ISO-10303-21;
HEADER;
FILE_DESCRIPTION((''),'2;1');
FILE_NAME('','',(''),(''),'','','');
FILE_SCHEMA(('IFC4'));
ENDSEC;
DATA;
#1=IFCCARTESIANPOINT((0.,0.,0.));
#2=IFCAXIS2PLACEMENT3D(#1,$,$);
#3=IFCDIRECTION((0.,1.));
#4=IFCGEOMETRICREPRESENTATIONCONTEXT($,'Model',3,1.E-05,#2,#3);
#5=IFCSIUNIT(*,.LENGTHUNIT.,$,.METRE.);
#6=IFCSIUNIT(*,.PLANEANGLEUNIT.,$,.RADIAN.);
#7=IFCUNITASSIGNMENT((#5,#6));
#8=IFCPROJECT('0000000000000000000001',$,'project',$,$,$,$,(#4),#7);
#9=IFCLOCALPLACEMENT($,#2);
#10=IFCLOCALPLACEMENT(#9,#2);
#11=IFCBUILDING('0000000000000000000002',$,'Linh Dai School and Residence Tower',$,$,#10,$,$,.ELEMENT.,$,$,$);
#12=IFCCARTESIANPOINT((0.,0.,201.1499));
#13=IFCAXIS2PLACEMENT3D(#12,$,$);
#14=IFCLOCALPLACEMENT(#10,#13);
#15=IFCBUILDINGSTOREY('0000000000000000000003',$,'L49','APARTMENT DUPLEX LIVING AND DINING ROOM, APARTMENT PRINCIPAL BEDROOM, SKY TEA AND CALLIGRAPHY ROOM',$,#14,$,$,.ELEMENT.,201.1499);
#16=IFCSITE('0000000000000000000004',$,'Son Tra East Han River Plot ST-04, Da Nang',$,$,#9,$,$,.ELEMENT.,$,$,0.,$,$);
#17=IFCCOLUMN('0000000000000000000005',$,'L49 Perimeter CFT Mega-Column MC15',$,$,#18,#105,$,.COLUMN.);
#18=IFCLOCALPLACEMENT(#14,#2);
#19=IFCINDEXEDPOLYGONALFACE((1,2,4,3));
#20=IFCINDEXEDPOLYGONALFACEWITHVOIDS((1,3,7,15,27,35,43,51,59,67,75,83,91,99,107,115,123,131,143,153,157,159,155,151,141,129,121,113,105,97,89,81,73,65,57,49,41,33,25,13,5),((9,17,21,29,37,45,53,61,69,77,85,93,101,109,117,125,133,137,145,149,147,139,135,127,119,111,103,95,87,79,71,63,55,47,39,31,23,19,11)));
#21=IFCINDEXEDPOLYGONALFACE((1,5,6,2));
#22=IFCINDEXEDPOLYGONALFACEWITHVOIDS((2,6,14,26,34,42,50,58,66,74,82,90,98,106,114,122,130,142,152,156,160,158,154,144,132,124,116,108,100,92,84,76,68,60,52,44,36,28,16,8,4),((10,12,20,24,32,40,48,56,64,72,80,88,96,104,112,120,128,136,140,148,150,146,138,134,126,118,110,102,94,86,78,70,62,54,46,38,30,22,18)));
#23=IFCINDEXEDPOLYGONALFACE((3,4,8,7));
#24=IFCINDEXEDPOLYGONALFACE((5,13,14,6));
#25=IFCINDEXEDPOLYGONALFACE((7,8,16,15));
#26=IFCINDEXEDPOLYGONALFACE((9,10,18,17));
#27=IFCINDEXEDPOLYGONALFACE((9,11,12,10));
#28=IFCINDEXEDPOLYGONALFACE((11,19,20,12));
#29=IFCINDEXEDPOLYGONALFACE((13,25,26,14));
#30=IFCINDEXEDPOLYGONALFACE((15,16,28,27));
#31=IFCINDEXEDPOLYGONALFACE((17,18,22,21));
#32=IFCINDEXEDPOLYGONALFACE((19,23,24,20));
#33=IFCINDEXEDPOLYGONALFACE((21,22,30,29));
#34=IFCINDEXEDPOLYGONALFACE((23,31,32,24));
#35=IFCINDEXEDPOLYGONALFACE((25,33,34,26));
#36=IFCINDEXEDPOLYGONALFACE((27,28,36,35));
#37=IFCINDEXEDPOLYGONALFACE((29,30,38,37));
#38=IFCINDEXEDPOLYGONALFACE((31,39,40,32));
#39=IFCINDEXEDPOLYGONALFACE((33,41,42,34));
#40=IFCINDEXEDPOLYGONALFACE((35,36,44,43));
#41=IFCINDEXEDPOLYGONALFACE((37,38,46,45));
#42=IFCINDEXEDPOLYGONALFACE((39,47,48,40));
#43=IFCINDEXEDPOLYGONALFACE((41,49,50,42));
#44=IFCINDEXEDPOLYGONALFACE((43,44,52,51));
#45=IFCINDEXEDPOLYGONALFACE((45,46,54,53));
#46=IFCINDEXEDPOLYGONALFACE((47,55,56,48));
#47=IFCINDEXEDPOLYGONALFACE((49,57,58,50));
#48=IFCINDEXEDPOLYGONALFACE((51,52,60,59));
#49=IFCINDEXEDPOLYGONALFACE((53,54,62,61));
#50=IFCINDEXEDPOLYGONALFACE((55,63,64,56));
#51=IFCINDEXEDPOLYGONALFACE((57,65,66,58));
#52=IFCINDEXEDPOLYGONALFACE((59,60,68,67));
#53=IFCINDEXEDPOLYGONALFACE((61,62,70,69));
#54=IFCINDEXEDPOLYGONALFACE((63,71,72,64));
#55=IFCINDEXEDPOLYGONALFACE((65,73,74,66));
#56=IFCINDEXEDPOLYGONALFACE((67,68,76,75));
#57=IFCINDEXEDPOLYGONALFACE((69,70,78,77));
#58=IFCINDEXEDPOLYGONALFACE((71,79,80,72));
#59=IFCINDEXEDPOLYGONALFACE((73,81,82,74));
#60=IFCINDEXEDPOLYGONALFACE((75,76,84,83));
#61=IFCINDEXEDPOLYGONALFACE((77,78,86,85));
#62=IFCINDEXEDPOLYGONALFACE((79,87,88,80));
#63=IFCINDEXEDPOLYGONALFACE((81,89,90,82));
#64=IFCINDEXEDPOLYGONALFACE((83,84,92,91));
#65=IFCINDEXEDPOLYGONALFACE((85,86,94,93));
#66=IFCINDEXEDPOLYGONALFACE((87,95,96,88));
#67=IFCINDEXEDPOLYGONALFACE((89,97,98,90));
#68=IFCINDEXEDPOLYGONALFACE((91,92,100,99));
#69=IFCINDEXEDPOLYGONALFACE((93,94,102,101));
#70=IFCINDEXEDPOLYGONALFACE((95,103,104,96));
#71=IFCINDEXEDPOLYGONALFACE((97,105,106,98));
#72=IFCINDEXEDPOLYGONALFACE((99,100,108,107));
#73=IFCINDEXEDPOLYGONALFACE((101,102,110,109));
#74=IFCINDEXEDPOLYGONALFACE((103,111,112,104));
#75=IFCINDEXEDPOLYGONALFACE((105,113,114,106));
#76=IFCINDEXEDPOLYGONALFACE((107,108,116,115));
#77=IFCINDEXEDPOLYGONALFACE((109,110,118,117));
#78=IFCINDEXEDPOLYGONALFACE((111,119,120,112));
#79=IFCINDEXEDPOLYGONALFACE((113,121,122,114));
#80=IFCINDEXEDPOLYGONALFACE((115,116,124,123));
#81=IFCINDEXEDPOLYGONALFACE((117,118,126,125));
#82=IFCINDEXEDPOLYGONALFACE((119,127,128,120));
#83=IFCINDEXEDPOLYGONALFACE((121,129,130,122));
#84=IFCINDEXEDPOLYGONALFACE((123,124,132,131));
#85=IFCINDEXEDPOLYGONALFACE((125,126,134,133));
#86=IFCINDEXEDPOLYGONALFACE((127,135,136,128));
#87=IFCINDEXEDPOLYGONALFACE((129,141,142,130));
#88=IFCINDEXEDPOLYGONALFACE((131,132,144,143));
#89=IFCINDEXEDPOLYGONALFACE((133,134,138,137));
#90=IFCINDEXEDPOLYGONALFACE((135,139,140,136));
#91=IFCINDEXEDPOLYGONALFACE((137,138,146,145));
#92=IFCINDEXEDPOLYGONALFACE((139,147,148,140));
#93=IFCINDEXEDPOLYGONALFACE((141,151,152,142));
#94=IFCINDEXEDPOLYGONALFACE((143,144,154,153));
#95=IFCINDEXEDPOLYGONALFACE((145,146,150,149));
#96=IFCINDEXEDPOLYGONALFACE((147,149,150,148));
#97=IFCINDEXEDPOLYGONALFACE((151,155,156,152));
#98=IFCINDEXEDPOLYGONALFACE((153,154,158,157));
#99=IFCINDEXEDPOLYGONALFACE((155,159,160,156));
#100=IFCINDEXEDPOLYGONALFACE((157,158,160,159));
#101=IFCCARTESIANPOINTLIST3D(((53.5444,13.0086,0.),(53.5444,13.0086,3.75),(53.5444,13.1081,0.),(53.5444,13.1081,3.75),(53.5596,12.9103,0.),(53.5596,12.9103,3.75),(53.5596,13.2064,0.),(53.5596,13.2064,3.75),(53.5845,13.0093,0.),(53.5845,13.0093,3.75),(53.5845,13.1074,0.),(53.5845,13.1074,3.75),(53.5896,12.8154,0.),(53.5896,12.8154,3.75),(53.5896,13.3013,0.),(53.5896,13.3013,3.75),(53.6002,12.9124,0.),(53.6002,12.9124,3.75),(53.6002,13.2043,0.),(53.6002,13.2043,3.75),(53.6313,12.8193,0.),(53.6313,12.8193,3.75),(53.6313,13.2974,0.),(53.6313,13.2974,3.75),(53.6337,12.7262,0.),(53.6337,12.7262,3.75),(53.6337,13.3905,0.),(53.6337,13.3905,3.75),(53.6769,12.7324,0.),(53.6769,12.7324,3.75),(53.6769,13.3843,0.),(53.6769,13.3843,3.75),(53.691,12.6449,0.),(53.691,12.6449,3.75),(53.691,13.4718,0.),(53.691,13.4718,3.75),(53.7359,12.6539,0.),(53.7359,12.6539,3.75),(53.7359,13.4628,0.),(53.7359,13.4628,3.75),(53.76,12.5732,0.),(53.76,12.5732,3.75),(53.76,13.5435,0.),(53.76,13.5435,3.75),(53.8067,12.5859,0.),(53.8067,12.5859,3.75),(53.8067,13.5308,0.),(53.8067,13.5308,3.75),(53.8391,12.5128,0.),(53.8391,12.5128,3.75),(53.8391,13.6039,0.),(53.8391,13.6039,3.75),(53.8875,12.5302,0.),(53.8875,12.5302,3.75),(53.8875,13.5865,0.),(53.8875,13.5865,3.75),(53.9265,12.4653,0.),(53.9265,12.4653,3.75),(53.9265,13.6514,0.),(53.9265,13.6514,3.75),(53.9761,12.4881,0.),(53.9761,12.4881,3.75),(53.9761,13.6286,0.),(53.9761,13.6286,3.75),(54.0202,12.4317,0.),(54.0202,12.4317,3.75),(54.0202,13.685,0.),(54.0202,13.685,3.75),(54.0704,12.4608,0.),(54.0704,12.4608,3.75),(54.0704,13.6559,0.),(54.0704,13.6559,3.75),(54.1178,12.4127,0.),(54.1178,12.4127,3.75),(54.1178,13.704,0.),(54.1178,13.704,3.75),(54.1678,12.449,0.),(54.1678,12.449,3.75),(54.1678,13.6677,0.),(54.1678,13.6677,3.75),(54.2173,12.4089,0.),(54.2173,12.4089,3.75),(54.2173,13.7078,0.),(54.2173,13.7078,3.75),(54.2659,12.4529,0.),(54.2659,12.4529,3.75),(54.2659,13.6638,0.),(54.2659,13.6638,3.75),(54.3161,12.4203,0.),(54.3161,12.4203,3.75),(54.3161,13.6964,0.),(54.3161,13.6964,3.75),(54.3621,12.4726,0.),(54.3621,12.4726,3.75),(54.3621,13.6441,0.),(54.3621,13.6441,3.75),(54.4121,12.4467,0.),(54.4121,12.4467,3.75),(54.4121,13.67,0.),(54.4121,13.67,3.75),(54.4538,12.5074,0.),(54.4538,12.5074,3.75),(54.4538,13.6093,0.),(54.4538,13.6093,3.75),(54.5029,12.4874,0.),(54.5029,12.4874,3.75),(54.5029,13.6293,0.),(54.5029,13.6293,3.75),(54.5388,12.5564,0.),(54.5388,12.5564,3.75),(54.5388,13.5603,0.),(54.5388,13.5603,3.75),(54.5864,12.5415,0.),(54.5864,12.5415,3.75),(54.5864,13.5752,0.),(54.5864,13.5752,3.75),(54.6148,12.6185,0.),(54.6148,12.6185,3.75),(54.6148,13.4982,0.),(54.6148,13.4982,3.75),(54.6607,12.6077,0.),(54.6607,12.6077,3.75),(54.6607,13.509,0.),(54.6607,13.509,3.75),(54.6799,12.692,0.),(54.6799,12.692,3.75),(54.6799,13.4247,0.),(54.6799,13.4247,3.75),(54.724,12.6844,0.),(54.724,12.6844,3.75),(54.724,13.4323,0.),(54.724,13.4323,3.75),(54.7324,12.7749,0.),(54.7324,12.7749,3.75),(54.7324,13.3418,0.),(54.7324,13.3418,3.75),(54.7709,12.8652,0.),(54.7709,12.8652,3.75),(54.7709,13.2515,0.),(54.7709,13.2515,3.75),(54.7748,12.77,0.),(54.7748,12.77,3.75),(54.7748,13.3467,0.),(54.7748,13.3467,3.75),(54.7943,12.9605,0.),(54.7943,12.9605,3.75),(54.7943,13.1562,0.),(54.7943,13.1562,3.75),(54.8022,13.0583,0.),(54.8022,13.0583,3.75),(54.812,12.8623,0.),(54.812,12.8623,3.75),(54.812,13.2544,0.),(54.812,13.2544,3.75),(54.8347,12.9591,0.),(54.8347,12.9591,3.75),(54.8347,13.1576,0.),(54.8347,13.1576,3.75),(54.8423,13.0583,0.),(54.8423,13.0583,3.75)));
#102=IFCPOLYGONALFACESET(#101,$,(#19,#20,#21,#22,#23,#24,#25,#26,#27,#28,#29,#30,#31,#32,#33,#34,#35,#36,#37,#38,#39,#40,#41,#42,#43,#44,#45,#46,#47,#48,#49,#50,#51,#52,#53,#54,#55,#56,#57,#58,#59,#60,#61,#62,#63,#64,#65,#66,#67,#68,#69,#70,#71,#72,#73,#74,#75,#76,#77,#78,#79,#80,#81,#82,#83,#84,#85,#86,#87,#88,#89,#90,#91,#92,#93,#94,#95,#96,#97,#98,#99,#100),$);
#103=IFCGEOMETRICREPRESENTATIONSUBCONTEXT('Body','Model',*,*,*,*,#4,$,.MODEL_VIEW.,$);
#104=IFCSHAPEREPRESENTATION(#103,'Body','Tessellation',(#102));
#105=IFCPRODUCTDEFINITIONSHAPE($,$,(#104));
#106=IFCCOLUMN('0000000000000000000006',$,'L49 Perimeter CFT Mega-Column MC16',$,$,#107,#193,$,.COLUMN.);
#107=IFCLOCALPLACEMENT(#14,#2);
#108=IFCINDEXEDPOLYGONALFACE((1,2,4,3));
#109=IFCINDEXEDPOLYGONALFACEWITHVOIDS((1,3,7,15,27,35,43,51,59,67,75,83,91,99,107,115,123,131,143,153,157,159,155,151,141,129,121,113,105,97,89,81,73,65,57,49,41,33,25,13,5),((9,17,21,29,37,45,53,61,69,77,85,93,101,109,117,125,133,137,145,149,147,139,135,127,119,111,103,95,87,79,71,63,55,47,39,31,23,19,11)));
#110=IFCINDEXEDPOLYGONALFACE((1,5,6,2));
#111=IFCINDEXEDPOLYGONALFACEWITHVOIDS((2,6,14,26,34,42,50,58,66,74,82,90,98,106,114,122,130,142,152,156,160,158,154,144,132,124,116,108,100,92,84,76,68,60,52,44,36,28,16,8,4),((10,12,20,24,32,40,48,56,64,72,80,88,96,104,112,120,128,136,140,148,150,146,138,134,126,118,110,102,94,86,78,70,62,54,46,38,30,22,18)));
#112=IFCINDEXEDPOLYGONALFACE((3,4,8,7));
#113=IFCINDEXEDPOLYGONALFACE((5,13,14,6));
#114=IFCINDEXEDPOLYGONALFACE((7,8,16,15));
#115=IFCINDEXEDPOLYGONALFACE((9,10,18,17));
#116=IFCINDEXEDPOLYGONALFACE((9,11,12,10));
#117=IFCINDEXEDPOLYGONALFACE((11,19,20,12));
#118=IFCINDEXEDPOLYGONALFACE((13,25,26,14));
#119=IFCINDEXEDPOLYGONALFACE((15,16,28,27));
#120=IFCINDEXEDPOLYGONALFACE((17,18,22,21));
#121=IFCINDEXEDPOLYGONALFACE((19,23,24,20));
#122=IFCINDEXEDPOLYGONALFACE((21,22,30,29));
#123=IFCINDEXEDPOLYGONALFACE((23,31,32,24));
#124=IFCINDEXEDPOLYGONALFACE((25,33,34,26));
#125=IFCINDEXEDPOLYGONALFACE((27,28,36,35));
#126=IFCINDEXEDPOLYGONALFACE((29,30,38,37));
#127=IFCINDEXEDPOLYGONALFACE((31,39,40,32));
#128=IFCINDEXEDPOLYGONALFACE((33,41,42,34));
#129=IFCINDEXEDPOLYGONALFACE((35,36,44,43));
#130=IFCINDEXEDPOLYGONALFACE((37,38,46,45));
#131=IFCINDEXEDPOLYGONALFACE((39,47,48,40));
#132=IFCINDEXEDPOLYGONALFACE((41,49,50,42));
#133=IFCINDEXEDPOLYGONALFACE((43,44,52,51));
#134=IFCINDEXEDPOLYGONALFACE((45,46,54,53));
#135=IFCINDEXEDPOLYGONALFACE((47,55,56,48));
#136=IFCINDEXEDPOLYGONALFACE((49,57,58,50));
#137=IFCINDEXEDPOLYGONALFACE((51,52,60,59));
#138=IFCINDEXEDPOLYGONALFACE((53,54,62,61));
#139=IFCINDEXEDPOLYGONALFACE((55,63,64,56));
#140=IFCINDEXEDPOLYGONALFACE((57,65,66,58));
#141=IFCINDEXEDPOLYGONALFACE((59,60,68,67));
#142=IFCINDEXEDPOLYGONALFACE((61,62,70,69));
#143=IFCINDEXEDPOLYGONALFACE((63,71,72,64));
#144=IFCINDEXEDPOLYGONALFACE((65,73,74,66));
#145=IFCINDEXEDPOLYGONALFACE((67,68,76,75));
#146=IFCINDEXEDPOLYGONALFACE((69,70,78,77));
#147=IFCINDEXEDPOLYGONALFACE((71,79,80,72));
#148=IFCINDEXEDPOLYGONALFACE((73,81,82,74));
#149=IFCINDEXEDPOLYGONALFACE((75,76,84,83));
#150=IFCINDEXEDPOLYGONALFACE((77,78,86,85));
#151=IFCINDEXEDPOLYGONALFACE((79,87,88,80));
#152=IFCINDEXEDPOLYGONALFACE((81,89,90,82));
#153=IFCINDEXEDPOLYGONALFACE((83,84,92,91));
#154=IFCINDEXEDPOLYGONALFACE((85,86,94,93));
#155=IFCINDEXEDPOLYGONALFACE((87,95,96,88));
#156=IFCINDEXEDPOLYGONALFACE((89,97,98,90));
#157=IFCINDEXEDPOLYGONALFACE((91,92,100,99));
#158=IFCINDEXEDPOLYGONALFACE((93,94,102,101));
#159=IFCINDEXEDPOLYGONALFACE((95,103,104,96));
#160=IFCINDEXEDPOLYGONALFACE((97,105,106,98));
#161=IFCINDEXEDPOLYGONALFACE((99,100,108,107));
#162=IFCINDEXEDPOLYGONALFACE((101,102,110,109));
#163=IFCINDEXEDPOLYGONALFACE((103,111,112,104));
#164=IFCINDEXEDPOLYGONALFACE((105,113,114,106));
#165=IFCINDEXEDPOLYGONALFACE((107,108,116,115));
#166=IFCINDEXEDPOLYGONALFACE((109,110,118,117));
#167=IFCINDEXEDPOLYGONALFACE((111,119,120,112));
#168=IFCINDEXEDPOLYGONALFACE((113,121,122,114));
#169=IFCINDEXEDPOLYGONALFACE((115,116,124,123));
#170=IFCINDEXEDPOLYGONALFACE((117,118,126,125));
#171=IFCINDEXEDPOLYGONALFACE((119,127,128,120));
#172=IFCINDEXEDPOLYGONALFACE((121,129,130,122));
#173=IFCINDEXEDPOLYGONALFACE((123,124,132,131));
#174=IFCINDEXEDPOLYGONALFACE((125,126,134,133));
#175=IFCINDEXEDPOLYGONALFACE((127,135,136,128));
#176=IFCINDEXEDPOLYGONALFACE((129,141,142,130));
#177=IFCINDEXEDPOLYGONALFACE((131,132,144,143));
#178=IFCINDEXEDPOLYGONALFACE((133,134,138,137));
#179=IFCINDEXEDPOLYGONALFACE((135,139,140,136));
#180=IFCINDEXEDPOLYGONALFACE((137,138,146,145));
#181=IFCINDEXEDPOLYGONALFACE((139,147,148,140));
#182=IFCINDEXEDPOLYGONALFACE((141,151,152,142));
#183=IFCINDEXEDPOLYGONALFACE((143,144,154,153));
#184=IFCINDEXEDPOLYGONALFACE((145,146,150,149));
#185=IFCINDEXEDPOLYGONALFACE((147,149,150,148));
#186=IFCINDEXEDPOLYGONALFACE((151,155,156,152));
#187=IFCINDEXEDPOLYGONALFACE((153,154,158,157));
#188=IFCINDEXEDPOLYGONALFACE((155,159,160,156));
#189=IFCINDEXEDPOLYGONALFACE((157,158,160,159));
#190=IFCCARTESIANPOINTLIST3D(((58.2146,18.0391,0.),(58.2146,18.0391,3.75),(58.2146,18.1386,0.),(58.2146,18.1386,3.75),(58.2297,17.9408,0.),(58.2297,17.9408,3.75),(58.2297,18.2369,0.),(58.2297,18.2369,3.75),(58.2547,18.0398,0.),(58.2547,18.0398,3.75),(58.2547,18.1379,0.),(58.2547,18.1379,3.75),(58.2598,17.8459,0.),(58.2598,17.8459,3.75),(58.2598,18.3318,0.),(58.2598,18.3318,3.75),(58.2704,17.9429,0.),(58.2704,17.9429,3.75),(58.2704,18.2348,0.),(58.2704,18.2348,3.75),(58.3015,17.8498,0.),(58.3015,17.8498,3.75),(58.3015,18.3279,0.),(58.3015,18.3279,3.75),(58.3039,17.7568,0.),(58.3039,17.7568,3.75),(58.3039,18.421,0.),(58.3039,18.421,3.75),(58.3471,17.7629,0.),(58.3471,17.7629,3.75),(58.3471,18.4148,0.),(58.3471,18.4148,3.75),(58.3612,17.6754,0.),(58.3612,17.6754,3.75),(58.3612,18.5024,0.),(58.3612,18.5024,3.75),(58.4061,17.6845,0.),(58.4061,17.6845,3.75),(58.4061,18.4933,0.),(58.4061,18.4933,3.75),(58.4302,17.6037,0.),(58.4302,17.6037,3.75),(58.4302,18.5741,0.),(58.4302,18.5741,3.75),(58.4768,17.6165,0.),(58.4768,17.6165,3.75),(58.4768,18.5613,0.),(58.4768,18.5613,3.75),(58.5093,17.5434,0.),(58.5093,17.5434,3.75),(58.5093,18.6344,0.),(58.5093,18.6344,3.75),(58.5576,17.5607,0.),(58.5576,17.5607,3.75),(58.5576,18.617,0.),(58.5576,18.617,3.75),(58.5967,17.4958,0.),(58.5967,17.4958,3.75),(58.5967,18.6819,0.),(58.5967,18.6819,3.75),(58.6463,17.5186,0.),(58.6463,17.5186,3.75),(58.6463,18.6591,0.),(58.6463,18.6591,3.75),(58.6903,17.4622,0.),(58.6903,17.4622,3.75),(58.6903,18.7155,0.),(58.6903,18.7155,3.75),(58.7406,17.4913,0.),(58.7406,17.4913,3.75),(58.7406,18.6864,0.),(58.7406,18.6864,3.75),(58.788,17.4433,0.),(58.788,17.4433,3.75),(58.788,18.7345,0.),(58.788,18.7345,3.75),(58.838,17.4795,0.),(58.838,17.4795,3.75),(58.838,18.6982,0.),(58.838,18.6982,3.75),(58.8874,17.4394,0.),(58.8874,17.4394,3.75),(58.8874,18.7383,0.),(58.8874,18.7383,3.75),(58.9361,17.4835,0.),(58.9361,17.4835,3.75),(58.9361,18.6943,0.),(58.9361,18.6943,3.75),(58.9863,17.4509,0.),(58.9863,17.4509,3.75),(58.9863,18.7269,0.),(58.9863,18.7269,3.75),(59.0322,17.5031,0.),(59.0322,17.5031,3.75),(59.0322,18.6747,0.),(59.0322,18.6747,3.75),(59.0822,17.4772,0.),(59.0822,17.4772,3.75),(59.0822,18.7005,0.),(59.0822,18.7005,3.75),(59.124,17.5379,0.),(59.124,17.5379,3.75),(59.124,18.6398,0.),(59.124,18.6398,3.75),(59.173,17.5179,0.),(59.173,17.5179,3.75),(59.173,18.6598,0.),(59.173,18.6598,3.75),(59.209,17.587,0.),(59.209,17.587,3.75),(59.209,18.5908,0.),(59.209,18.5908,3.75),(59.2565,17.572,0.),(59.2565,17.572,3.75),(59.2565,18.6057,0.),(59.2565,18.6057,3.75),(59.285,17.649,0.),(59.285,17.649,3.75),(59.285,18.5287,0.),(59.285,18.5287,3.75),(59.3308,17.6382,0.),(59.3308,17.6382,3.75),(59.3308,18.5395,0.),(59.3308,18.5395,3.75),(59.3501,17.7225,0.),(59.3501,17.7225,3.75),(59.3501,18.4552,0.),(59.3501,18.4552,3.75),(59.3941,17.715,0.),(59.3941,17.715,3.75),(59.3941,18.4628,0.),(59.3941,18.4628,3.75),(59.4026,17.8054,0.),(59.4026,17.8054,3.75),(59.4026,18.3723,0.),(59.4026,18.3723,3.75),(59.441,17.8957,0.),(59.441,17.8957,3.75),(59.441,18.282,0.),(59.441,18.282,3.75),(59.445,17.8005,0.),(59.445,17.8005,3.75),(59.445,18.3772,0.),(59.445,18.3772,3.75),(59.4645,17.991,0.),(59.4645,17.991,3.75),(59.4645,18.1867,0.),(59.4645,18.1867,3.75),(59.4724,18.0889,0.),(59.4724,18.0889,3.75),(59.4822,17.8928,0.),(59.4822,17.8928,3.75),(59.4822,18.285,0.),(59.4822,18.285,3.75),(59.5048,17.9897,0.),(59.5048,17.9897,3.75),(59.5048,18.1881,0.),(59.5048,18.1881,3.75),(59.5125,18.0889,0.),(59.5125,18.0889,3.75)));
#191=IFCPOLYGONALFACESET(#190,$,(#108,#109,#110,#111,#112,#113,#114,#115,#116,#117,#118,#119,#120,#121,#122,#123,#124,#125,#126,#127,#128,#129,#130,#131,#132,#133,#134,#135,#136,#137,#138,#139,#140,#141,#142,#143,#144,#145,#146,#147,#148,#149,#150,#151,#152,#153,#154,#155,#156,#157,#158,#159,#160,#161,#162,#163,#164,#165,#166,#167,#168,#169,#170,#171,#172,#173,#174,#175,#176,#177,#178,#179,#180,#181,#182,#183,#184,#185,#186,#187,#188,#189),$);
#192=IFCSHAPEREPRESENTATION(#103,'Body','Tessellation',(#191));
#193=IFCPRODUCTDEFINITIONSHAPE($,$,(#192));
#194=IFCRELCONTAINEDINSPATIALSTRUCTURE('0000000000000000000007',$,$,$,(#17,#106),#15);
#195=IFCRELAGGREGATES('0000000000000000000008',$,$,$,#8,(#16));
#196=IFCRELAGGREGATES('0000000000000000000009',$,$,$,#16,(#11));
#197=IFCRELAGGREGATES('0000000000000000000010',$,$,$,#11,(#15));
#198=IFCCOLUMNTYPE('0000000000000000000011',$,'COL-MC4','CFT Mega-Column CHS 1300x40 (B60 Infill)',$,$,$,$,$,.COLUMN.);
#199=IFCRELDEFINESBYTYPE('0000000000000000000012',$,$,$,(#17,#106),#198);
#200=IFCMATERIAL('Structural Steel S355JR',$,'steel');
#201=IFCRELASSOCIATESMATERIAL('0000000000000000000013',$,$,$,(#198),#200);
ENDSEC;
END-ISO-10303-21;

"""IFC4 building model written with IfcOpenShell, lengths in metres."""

from ifc_helpers import new_model, si_unit, direction, frame, origin, origin_2d, place, context, subcontext, project, spatial, hollow_circle, extrude, material, material_profile, profile_set, type_object, element, save


model = new_model("IFC4")

# Units and contexts
model_context = context("Model", 3, precision=1e-05, world=origin(), true_north=direction((0.0, 1.0)))
body_context = subcontext(model_context, "Body", "Model", "MODEL_VIEW")
ifc_project = project(units=[si_unit("LENGTHUNIT", "METRE"), si_unit("PLANEANGLEUNIT", "RADIAN")], contexts=[model_context])

# Site, building, storey
site_placement = place(None, origin())
site = spatial("IfcSite", under=ifc_project, at=site_placement, Name="Son Tra East Han River Plot ST-04, Da Nang", CompositionType="ELEMENT", RefElevation=0.0)
building_placement = place(site_placement, origin())
building = spatial("IfcBuilding", under=site, at=building_placement, Name="Linh Dai School and Residence Tower", CompositionType="ELEMENT")
storey_placement = place(building_placement, frame((0.0, 0.0, 201.1499)))
storey = spatial("IfcBuildingStorey", under=building, at=storey_placement, Name="L49", Description="APARTMENT DUPLEX LIVING AND DINING ROOM, APARTMENT PRINCIPAL BEDROOM, SKY TEA AND CALLIGRAPHY ROOM", CompositionType="ELEMENT", Elevation=201.1499)

# Columns
ifc_material_1 = material(Name="Structural Steel S355JR", Category="steel")
ifc_material_profile_1 = material_profile(ifc_material_1, hollow_circle(Radius=0.6499, WallThickness=0.04, at=origin_2d()), Name="CHS 1300x40")
ifc_profile_set_1 = profile_set([ifc_material_profile_1], Name="Structural Steel S355JR")
column_type = type_object("IfcColumnType", Name="COL-MC4", Description="CFT Mega-Column CHS 1300x40 (B60 Infill)", PredefinedType="COLUMN", material=ifc_profile_set_1)
for number, where, z_axis, x_axis, name in (
    (1, (54.1924, 13.0583, 0.0), (0.0, 0.0, 1.0), (1.0, 0.0, 0.0), "L49 Perimeter CFT Mega-Column MC15"),
    (2, (58.8625, 18.0889, 0.0), (0.0, 0.0, 1.0), (1.0, 0.0, 0.0), "L49 Perimeter CFT Mega-Column MC16"),
):
    element("IfcColumn", number, at=place(storey_placement, frame(where, z_axis=z_axis, x_axis=x_axis)), inside=storey, type_object=column_type, Name=name, PredefinedType="COLUMN", context=body_context, shape_type="SweptSolid", body=[
        extrude(hollow_circle(Radius=0.6499, WallThickness=0.04, at=origin_2d()), origin(), (0.0, 0.0, 1.0), 3.75),
    ])

save(model, "model.ifc")
